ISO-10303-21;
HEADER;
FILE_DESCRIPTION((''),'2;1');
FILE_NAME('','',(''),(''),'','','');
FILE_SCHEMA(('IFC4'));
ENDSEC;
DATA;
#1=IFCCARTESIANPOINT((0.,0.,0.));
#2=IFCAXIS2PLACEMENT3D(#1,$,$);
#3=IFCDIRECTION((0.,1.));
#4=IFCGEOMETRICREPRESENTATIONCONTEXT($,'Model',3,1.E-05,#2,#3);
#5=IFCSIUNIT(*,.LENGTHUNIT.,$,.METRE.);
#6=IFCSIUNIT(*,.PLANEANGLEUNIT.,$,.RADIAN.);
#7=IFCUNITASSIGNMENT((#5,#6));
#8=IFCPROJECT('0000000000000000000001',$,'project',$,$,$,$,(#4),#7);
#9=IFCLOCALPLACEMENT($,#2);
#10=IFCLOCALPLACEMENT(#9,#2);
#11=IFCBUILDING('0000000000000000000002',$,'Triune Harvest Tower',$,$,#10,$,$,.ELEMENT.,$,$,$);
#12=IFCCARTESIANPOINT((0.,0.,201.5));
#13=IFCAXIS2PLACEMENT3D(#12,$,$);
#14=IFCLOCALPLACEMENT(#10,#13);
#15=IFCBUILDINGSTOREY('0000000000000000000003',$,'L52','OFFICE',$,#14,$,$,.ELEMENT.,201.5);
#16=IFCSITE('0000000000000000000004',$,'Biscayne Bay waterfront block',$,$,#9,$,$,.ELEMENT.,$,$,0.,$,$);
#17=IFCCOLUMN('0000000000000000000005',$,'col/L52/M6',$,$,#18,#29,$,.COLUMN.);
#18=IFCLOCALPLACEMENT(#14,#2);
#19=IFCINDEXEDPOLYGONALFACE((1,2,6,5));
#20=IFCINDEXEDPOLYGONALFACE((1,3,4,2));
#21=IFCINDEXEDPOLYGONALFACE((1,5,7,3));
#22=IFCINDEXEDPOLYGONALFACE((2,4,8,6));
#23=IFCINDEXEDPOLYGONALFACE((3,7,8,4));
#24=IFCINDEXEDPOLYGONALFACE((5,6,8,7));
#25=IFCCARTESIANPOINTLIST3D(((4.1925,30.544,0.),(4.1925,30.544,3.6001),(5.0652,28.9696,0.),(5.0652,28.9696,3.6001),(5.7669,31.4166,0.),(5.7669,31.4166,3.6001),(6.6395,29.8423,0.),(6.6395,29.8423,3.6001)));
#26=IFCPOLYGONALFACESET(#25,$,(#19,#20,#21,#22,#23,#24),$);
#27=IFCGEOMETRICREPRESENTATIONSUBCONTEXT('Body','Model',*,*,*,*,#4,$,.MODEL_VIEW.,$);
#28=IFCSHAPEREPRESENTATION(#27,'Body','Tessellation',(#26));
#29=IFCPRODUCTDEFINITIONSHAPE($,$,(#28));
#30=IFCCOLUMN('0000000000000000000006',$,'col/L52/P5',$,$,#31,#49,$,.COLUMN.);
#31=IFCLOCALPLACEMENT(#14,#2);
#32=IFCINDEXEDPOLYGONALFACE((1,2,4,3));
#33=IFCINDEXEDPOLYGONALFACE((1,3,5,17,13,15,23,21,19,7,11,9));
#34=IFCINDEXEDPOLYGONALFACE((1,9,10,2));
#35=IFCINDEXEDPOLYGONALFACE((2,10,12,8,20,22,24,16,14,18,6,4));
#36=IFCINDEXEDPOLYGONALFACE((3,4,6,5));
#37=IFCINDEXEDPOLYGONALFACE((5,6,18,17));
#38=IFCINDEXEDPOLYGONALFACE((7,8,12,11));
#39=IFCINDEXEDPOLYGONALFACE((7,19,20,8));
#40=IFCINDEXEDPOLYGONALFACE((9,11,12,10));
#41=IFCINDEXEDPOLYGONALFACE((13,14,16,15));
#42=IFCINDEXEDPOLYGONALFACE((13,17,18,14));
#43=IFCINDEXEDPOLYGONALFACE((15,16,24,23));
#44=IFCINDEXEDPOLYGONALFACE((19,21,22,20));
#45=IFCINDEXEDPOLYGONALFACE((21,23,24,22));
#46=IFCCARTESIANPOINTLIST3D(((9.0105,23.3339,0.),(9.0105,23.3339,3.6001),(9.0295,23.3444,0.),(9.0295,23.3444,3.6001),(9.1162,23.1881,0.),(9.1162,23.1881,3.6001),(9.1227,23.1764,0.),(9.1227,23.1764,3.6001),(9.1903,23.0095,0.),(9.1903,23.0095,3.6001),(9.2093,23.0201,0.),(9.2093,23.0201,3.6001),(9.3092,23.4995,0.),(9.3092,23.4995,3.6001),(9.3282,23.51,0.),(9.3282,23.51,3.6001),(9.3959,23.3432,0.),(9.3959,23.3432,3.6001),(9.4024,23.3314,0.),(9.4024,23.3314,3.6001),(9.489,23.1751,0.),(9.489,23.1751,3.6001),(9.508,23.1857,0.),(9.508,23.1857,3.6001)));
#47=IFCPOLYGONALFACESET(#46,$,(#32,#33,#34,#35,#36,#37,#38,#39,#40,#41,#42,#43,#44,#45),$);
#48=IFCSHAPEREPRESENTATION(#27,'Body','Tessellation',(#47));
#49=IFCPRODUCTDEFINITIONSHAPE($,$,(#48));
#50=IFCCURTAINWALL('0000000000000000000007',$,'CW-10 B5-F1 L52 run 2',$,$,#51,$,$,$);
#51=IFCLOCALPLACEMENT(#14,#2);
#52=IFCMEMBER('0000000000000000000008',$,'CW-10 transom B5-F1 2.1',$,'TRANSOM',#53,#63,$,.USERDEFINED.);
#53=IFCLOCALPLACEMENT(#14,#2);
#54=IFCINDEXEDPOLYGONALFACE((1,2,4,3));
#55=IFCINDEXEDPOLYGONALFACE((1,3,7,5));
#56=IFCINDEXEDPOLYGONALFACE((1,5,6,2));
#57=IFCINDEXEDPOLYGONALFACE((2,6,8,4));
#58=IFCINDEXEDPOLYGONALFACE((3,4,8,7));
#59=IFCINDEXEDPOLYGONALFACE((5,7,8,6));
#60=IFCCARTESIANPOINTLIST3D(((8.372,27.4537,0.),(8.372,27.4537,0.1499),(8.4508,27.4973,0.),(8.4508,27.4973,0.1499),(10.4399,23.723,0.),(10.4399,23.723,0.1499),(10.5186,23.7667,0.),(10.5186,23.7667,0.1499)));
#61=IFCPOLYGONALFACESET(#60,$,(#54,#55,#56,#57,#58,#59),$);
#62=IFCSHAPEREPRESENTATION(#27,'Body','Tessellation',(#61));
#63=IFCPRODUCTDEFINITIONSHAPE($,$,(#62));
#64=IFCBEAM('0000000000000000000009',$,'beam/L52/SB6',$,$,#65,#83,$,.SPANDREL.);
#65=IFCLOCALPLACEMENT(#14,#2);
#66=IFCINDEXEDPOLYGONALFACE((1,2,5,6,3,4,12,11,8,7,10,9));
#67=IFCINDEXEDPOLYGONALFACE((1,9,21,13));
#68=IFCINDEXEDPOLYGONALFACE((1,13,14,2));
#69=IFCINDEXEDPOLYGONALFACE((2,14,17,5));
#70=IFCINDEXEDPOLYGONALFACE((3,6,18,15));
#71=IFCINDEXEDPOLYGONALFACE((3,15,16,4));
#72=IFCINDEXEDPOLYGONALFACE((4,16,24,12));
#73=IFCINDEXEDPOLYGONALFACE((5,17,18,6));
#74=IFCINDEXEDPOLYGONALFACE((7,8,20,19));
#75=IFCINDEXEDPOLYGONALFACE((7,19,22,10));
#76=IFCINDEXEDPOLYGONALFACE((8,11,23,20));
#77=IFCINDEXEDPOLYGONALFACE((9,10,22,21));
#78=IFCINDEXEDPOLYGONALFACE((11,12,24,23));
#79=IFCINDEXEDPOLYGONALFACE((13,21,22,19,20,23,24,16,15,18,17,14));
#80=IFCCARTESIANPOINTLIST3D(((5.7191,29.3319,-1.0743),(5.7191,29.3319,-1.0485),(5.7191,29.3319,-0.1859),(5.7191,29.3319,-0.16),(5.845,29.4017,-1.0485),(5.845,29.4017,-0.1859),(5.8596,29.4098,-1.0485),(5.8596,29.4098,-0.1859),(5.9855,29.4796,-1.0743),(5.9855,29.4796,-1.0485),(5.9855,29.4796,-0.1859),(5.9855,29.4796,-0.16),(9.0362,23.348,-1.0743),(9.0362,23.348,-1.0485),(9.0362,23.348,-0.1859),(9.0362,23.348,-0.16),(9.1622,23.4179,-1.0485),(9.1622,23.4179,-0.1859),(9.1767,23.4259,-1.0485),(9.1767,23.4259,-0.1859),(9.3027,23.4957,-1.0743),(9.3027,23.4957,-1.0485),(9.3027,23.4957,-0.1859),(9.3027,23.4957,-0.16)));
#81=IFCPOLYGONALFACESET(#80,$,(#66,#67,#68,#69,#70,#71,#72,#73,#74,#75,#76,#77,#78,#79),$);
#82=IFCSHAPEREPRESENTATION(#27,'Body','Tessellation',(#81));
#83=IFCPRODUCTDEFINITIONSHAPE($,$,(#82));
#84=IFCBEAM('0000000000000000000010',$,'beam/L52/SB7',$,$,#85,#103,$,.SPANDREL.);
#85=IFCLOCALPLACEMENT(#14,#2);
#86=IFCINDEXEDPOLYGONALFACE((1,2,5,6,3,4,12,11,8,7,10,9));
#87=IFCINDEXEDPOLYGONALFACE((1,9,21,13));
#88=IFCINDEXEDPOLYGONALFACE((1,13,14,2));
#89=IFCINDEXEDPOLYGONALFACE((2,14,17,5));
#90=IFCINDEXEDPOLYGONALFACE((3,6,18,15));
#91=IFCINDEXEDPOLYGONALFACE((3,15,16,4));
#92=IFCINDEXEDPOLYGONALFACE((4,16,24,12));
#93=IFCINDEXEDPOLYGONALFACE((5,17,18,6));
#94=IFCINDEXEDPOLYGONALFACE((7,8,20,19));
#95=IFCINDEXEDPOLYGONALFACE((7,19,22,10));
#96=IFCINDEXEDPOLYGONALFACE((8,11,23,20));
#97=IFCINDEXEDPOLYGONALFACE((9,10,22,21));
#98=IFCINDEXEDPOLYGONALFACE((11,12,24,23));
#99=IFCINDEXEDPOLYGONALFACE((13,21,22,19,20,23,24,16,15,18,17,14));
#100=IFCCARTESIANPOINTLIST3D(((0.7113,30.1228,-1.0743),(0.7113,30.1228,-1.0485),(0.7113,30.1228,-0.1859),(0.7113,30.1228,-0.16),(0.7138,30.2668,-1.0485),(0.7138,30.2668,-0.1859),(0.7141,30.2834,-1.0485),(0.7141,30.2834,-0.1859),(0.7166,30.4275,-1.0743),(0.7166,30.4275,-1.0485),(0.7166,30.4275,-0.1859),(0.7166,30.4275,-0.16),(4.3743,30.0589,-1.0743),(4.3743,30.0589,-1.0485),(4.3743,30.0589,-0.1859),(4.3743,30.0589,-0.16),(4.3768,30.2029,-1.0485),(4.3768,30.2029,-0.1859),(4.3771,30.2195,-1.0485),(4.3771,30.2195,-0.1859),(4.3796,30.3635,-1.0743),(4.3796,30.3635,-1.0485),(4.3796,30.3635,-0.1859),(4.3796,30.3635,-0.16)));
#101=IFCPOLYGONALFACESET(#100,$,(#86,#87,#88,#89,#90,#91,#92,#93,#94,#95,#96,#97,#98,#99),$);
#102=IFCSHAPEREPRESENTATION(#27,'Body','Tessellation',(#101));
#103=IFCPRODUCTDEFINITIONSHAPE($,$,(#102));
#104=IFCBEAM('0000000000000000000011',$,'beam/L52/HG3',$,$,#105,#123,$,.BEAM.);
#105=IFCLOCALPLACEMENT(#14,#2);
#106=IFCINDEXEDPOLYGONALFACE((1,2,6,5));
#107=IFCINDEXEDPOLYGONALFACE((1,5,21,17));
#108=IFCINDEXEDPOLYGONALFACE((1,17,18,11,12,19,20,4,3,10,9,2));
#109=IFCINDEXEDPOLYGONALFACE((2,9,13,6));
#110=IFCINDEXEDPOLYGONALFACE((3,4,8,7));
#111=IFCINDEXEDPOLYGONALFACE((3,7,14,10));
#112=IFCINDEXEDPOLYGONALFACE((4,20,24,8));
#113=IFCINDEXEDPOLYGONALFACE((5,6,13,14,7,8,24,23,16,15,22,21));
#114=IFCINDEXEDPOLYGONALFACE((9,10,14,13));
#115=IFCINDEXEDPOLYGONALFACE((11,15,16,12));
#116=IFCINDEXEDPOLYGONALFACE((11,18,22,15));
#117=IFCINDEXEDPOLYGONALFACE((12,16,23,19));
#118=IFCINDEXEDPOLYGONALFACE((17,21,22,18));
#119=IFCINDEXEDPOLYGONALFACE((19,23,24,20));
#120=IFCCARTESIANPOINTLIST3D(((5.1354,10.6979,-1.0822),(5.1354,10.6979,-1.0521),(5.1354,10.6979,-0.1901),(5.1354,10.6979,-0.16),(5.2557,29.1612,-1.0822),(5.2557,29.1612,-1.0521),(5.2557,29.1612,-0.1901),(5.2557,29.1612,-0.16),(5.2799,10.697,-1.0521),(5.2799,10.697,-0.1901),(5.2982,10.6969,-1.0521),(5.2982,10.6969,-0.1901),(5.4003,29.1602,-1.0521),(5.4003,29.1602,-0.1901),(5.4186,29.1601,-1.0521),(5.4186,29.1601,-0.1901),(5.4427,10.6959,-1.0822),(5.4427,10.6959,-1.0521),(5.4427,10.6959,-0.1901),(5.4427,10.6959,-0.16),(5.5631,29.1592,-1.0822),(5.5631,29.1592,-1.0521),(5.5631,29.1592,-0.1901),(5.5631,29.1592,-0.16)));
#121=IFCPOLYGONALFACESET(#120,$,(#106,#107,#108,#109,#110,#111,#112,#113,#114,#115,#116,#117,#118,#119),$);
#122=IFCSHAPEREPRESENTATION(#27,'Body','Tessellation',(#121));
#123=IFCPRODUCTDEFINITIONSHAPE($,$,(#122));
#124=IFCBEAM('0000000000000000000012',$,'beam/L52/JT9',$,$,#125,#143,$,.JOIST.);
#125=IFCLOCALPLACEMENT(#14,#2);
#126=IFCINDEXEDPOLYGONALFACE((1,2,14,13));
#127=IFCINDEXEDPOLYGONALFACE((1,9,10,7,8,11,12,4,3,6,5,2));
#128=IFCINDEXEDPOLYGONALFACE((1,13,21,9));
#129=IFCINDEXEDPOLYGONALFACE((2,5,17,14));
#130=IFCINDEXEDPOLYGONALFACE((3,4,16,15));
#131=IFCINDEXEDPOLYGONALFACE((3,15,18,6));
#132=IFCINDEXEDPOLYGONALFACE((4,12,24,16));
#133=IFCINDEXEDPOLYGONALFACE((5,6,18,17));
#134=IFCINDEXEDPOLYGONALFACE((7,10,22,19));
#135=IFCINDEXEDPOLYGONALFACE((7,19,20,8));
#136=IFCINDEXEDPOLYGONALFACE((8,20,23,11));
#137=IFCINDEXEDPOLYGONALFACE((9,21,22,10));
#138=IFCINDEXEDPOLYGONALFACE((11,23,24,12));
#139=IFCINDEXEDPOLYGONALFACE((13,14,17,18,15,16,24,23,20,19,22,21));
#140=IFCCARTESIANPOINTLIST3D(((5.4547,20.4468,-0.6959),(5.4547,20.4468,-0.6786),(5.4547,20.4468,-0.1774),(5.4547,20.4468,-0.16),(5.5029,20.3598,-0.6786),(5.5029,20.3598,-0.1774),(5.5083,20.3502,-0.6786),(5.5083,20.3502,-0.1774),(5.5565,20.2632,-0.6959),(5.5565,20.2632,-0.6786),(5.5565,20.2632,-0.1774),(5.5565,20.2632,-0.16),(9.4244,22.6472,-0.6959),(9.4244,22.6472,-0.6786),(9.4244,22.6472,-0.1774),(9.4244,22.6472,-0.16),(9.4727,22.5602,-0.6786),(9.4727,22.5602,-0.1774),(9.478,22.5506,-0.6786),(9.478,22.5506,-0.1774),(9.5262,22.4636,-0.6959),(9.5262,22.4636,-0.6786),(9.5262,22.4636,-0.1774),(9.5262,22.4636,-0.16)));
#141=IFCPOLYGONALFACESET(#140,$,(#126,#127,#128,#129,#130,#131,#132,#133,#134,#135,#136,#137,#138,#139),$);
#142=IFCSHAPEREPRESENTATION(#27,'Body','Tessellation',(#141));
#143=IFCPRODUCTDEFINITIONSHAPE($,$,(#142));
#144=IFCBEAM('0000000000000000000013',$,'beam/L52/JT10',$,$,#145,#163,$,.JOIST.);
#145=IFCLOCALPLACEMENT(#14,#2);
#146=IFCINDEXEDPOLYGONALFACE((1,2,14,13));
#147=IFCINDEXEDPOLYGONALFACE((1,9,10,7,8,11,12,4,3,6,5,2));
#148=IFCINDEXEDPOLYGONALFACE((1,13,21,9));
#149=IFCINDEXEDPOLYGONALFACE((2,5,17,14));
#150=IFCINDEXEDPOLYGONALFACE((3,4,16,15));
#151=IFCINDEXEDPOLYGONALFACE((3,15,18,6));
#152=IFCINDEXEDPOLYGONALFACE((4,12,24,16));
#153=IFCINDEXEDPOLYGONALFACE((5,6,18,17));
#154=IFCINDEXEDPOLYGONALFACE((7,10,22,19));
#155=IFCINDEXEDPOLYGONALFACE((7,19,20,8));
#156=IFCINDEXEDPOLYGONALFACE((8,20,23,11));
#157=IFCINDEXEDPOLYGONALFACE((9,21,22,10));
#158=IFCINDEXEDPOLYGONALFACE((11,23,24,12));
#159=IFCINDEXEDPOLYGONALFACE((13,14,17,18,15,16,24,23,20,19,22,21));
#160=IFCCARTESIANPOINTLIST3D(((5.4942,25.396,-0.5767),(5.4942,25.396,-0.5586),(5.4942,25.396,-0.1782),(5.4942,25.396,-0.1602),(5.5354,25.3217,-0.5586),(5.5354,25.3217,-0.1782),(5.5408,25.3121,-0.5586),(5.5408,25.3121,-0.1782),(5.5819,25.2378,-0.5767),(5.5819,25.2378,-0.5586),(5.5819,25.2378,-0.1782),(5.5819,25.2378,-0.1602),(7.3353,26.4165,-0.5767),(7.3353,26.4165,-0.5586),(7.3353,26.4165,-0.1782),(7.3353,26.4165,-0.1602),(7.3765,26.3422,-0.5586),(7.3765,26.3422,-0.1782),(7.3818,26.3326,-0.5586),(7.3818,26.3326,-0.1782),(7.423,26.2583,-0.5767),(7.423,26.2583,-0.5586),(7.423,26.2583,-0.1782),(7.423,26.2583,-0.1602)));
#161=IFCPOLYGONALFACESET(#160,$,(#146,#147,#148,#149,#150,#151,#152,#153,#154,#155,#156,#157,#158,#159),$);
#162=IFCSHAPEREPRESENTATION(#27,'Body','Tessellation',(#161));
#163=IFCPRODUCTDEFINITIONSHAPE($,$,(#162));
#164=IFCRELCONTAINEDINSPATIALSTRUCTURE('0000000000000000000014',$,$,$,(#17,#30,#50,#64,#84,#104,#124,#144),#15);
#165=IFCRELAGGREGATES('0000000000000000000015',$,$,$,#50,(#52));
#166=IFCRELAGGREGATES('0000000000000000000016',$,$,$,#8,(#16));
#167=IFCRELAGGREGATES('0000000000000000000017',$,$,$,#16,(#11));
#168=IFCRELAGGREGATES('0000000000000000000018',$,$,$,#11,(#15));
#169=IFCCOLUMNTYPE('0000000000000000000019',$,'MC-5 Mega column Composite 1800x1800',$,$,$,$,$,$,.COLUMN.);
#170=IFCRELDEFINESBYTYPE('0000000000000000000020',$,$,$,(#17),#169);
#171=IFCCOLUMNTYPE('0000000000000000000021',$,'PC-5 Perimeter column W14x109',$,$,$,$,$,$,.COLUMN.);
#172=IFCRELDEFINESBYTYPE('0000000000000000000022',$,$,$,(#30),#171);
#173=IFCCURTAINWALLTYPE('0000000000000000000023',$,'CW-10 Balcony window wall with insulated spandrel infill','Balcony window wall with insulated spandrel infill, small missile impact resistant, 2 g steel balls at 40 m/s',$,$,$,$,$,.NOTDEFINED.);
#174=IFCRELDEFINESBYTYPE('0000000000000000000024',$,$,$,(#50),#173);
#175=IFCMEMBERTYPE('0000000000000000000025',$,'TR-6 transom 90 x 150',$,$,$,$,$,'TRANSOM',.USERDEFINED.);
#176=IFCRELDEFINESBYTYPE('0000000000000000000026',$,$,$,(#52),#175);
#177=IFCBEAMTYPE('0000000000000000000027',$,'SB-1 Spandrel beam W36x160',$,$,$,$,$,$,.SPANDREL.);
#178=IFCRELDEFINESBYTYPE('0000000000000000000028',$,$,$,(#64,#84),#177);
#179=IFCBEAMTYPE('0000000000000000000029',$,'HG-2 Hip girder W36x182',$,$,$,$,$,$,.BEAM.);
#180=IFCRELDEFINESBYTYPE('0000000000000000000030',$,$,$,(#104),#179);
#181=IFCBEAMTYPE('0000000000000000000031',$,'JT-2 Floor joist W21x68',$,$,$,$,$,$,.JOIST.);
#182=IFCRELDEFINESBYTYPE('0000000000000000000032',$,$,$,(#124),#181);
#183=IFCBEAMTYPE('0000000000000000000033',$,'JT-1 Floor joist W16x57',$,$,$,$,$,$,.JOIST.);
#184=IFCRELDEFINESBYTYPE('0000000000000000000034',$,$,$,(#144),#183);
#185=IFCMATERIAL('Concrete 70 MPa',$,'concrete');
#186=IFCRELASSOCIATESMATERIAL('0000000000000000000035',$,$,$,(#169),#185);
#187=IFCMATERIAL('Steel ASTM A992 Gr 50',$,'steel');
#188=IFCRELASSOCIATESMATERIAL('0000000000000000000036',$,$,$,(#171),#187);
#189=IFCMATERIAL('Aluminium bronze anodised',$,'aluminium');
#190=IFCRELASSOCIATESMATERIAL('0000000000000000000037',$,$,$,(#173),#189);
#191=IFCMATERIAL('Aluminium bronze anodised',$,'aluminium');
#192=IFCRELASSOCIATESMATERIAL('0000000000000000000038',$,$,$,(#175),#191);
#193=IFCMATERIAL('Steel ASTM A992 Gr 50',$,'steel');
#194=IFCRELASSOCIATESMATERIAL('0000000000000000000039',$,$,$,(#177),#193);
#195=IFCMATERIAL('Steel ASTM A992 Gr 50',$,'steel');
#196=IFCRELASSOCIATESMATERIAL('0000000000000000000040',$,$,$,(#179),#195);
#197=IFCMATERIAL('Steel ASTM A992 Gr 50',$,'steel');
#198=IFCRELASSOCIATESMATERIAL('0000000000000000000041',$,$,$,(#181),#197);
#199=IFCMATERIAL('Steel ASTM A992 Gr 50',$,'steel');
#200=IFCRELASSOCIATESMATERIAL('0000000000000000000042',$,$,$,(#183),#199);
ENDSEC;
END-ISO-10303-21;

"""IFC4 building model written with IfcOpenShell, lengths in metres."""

from ifc_helpers import new_model, si_unit, direction, frame, origin, origin_2d, place, context, subcontext, project, spatial, rectangle, i_section, extrude, source, transform, mapped, material, material_profile, profile_set, type_object, element, aggregate, save


model = new_model("IFC4")

# Units and contexts
model_context = context("Model", 3, precision=1e-05, world=origin(), true_north=direction((0.0, 1.0)))
body_context = subcontext(model_context, "Body", "Model", "MODEL_VIEW")
ifc_project = project(units=[si_unit("LENGTHUNIT", "METRE"), si_unit("PLANEANGLEUNIT", "RADIAN")], contexts=[model_context])

# Site, building, storey
site_placement = place(None, origin())
site = spatial("IfcSite", under=ifc_project, at=site_placement, Name="Biscayne Bay waterfront block", CompositionType="ELEMENT", RefElevation=0.0)
building_placement = place(site_placement, origin())
building = spatial("IfcBuilding", under=site, at=building_placement, Name="Triune Harvest Tower", CompositionType="ELEMENT")
storey_placement = place(building_placement, frame((0.0, 0.0, 201.5)))
storey = spatial("IfcBuildingStorey", under=building, at=storey_placement, Name="L52", Description="OFFICE", CompositionType="ELEMENT", Elevation=201.5)

# Columns
ifc_material_1 = material(Name="Concrete 70 MPa", Category="concrete")
ifc_material_profile_1 = material_profile(ifc_material_1, rectangle(XDim=1.8, YDim=1.8, at=origin_2d()), Name="Composite 1800x1800")
ifc_profile_set_1 = profile_set([ifc_material_profile_1], Name="Concrete 70 MPa")
column_type_1 = type_object("IfcColumnType", Name="MC-5 Mega column Composite 1800x1800", PredefinedType="COLUMN", material=ifc_profile_set_1)
shared_shape_1 = source(origin(), body_context, "Body", "SweptSolid", [
    extrude(rectangle(XDim=1.8, YDim=1.8, at=origin_2d()), origin(), (0.0, 0.0, 1.0), 3.6001),
])
column_1_placement = place(storey_placement, frame((5.416, 30.1931, 0.0), z_axis=(0.0, 0.0, 1.0), x_axis=(-0.48481, 0.87462, 0.0)))
element("IfcColumn", 1, at=column_1_placement, inside=storey, type_object=column_type_1, Name="col/L52/M6", PredefinedType="COLUMN", context=body_context, shape_type="MappedRepresentation", body=[
    mapped(shared_shape_1, transform((0.0, 0.0, 0.0), scale=1.0)),
])
ifc_material_2 = material(Name="Steel ASTM A992 Gr 50", Category="steel")
ifc_material_profile_2 = material_profile(ifc_material_2, i_section(OverallWidth=0.3708, OverallDepth=0.3633, WebThickness=0.0134, FlangeThickness=0.0217, at=origin_2d()), Name="W14x109")
ifc_profile_set_2 = profile_set([ifc_material_profile_2], Name="Steel ASTM A992 Gr 50")
column_type_2 = type_object("IfcColumnType", Name="PC-5 Perimeter column W14x109", PredefinedType="COLUMN", material=ifc_profile_set_2)
shared_shape_2 = source(origin(), body_context, "Body", "SweptSolid", [
    extrude(i_section(OverallWidth=0.3708, OverallDepth=0.3633, WebThickness=0.0134, FlangeThickness=0.0217, at=origin_2d()), origin(), (0.0, 0.0, 1.0), 3.6001),
])
column_2_placement = place(storey_placement, frame((9.2593, 23.2598, 0.0), z_axis=(0.0, 0.0, 1.0), x_axis=(-0.48481, 0.87462, 0.0)))
element("IfcColumn", 2, at=column_2_placement, inside=storey, type_object=column_type_2, Name="col/L52/P5", PredefinedType="COLUMN", context=body_context, shape_type="MappedRepresentation", body=[
    mapped(shared_shape_2, transform((0.0, 0.0, 0.0), scale=1.0)),
])

# Curtain wall, member
ifc_material_3 = material(Name="Aluminium bronze anodised", Category="aluminium")
curtain_wall_type_1 = type_object("IfcCurtainWallType", Name="CW-10 Balcony window wall with insulated spandrel infill", Description="Balcony window wall with insulated spandrel infill, small missile impact resistant, 2 g steel balls at 40 m/s", PredefinedType="NOTDEFINED", material=ifc_material_3)
curtain_wall_1_placement = place(storey_placement, origin())
curtain_wall_1 = element("IfcCurtainWall", 3, at=curtain_wall_1_placement, inside=storey, type_object=curtain_wall_type_1, Name="CW-10 B5-F1 L52 run 2")
ifc_material_4 = material(Name="Aluminium bronze anodised", Category="aluminium")
ifc_material_profile_3 = material_profile(ifc_material_4, rectangle(XDim=0.0901, YDim=0.1499, at=origin_2d()), Name="TR-6 transom 90 x 150")
ifc_profile_set_3 = profile_set([ifc_material_profile_3], Name="Aluminium bronze anodised")
member_type_1 = type_object("IfcMemberType", Name="TR-6 transom 90 x 150", ElementType="TRANSOM", PredefinedType="USERDEFINED", material=ifc_profile_set_3)
member_1_placement = place(storey_placement, frame((10.4792, 23.7449, 0.075), z_axis=(-0.484792, 0.874629, 0.0), x_axis=(-0.874629, -0.484792, 0.0)))
member_1 = element("IfcMember", 4, at=member_1_placement, type_object=member_type_1, Name="CW-10 transom B5-F1 2.1", ObjectType="TRANSOM", PredefinedType="USERDEFINED", context=body_context, shape_type="SweptSolid", body=[
    extrude(rectangle(XDim=0.0901, YDim=0.1499, at=origin_2d()), origin(), (0.0, 0.0, 1.0), 4.2654),
])

# Beams
ifc_material_5 = material(Name="Steel ASTM A992 Gr 50", Category="steel")
ifc_material_profile_4 = material_profile(ifc_material_5, i_section(OverallWidth=0.3047, OverallDepth=0.9143, WebThickness=0.0166, FlangeThickness=0.0259, at=origin_2d()), Name="W36x160")
ifc_profile_set_4 = profile_set([ifc_material_profile_4], Name="Steel ASTM A992 Gr 50")
beam_type_1 = type_object("IfcBeamType", Name="SB-1 Spandrel beam W36x160", PredefinedType="SPANDREL", material=ifc_profile_set_4)
shared_shape_3 = source(origin(), body_context, "Body", "SweptSolid", [
    extrude(i_section(OverallWidth=0.3047, OverallDepth=0.9143, WebThickness=0.0166, FlangeThickness=0.0259, at=origin_2d()), origin(), (0.0, 0.0, 1.0), 6.8418),
])
beam_1_placement = place(storey_placement, frame((9.1694, 23.4219, -0.6172), z_axis=(-0.484834, 0.874606, 0.0), x_axis=(-0.874606, -0.484834, 0.0)))
element("IfcBeam", 5, at=beam_1_placement, inside=storey, type_object=beam_type_1, Name="beam/L52/SB6", PredefinedType="SPANDREL", context=body_context, shape_type="MappedRepresentation", body=[
    mapped(shared_shape_3, transform((0.0, 0.0, 0.0), scale=1.0)),
])
shared_shape_4 = source(origin(), body_context, "Body", "SweptSolid", [
    extrude(i_section(OverallWidth=0.3047, OverallDepth=0.9143, WebThickness=0.0166, FlangeThickness=0.0259, at=origin_2d()), origin(), (0.0, 0.0, 1.0), 3.6636),
])
beam_2_placement = place(storey_placement, frame((4.377, 30.2112, -0.6172), z_axis=(-0.999848, 0.017459, 0.0), x_axis=(-0.017459, -0.999848, 0.0)))
element("IfcBeam", 6, at=beam_2_placement, inside=storey, type_object=beam_type_1, Name="beam/L52/SB7", PredefinedType="SPANDREL", context=body_context, shape_type="MappedRepresentation", body=[
    mapped(shared_shape_4, transform((0.0, 0.0, 0.0), scale=1.0)),
])
ifc_material_6 = material(Name="Steel ASTM A992 Gr 50", Category="steel")
ifc_material_profile_5 = material_profile(ifc_material_6, i_section(OverallWidth=0.3074, OverallDepth=0.9221, WebThickness=0.0183, FlangeThickness=0.03, at=origin_2d()), Name="W36x182")
ifc_profile_set_5 = profile_set([ifc_material_profile_5], Name="Steel ASTM A992 Gr 50")
beam_type_2 = type_object("IfcBeamType", Name="HG-2 Hip girder W36x182", PredefinedType="BEAM", material=ifc_profile_set_5)
shared_shape_5 = source(origin(), body_context, "Body", "SweptSolid", [
    extrude(i_section(OverallWidth=0.3074, OverallDepth=0.9221, WebThickness=0.0183, FlangeThickness=0.03, at=origin_2d()), origin(), (0.0, 0.0, 1.0), 18.4636),
])
beam_3_placement = place(storey_placement, frame((5.4094, 29.1602, -0.6211), z_axis=(-0.006519, -0.999979, 0.0), x_axis=(0.999979, -0.006519, 0.0)))
element("IfcBeam", 7, at=beam_3_placement, inside=storey, type_object=beam_type_2, Name="beam/L52/HG3", PredefinedType="BEAM", context=body_context, shape_type="MappedRepresentation", body=[
    mapped(shared_shape_5, transform((0.0, 0.0, 0.0), scale=1.0)),
])
ifc_material_7 = material(Name="Steel ASTM A992 Gr 50", Category="steel")
ifc_material_profile_6 = material_profile(ifc_material_7, i_section(OverallWidth=0.21, OverallDepth=0.5359, WebThickness=0.011, FlangeThickness=0.0173, at=origin_2d()), Name="W21x68")
ifc_profile_set_6 = profile_set([ifc_material_profile_6], Name="Steel ASTM A992 Gr 50")
beam_type_3 = type_object("IfcBeamType", Name="JT-2 Floor joist W21x68", PredefinedType="JOIST", material=ifc_profile_set_6)
shared_shape_6 = source(origin(), body_context, "Body", "SweptSolid", [
    extrude(i_section(OverallWidth=0.21, OverallDepth=0.5359, WebThickness=0.011, FlangeThickness=0.0173, at=origin_2d()), origin(), (0.0, 0.0, 1.0), 4.5388),
])
beam_4_placement = place(storey_placement, frame((9.4753, 22.5554, -0.428), z_axis=(-0.874621, -0.484807, 0.0), x_axis=(0.484807, -0.874621, 0.0)))
element("IfcBeam", 8, at=beam_4_placement, inside=storey, type_object=beam_type_3, Name="beam/L52/JT9", PredefinedType="JOIST", context=body_context, shape_type="MappedRepresentation", body=[
    mapped(shared_shape_6, transform((0.0, 0.0, 0.0), scale=1.0)),
])
ifc_material_8 = material(Name="Steel ASTM A992 Gr 50", Category="steel")
ifc_material_profile_7 = material_profile(ifc_material_8, i_section(OverallWidth=0.1809, OverallDepth=0.4165, WebThickness=0.011, FlangeThickness=0.0181, at=origin_2d()), Name="W16x57")
ifc_profile_set_7 = profile_set([ifc_material_profile_7], Name="Steel ASTM A992 Gr 50")
beam_type_4 = type_object("IfcBeamType", Name="JT-1 Floor joist W16x57", PredefinedType="JOIST", material=ifc_profile_set_7)
shared_shape_7 = source(origin(), body_context, "Body", "SweptSolid", [
    extrude(i_section(OverallWidth=0.1809, OverallDepth=0.4165, WebThickness=0.011, FlangeThickness=0.0181, at=origin_2d()), origin(), (0.0, 0.0, 1.0), 2.105),
])
beam_5_placement = place(storey_placement, frame((7.3792, 26.3374, -0.3684), z_axis=(-0.874622, -0.484806, 0.0), x_axis=(0.484806, -0.874622, 0.0)))
element("IfcBeam", 9, at=beam_5_placement, inside=storey, type_object=beam_type_4, Name="beam/L52/JT10", PredefinedType="JOIST", context=body_context, shape_type="MappedRepresentation", body=[
    mapped(shared_shape_7, transform((0.0, 0.0, 0.0), scale=1.0)),
])

aggregate(curtain_wall_1, [member_1])

save(model, "model.ifc")
